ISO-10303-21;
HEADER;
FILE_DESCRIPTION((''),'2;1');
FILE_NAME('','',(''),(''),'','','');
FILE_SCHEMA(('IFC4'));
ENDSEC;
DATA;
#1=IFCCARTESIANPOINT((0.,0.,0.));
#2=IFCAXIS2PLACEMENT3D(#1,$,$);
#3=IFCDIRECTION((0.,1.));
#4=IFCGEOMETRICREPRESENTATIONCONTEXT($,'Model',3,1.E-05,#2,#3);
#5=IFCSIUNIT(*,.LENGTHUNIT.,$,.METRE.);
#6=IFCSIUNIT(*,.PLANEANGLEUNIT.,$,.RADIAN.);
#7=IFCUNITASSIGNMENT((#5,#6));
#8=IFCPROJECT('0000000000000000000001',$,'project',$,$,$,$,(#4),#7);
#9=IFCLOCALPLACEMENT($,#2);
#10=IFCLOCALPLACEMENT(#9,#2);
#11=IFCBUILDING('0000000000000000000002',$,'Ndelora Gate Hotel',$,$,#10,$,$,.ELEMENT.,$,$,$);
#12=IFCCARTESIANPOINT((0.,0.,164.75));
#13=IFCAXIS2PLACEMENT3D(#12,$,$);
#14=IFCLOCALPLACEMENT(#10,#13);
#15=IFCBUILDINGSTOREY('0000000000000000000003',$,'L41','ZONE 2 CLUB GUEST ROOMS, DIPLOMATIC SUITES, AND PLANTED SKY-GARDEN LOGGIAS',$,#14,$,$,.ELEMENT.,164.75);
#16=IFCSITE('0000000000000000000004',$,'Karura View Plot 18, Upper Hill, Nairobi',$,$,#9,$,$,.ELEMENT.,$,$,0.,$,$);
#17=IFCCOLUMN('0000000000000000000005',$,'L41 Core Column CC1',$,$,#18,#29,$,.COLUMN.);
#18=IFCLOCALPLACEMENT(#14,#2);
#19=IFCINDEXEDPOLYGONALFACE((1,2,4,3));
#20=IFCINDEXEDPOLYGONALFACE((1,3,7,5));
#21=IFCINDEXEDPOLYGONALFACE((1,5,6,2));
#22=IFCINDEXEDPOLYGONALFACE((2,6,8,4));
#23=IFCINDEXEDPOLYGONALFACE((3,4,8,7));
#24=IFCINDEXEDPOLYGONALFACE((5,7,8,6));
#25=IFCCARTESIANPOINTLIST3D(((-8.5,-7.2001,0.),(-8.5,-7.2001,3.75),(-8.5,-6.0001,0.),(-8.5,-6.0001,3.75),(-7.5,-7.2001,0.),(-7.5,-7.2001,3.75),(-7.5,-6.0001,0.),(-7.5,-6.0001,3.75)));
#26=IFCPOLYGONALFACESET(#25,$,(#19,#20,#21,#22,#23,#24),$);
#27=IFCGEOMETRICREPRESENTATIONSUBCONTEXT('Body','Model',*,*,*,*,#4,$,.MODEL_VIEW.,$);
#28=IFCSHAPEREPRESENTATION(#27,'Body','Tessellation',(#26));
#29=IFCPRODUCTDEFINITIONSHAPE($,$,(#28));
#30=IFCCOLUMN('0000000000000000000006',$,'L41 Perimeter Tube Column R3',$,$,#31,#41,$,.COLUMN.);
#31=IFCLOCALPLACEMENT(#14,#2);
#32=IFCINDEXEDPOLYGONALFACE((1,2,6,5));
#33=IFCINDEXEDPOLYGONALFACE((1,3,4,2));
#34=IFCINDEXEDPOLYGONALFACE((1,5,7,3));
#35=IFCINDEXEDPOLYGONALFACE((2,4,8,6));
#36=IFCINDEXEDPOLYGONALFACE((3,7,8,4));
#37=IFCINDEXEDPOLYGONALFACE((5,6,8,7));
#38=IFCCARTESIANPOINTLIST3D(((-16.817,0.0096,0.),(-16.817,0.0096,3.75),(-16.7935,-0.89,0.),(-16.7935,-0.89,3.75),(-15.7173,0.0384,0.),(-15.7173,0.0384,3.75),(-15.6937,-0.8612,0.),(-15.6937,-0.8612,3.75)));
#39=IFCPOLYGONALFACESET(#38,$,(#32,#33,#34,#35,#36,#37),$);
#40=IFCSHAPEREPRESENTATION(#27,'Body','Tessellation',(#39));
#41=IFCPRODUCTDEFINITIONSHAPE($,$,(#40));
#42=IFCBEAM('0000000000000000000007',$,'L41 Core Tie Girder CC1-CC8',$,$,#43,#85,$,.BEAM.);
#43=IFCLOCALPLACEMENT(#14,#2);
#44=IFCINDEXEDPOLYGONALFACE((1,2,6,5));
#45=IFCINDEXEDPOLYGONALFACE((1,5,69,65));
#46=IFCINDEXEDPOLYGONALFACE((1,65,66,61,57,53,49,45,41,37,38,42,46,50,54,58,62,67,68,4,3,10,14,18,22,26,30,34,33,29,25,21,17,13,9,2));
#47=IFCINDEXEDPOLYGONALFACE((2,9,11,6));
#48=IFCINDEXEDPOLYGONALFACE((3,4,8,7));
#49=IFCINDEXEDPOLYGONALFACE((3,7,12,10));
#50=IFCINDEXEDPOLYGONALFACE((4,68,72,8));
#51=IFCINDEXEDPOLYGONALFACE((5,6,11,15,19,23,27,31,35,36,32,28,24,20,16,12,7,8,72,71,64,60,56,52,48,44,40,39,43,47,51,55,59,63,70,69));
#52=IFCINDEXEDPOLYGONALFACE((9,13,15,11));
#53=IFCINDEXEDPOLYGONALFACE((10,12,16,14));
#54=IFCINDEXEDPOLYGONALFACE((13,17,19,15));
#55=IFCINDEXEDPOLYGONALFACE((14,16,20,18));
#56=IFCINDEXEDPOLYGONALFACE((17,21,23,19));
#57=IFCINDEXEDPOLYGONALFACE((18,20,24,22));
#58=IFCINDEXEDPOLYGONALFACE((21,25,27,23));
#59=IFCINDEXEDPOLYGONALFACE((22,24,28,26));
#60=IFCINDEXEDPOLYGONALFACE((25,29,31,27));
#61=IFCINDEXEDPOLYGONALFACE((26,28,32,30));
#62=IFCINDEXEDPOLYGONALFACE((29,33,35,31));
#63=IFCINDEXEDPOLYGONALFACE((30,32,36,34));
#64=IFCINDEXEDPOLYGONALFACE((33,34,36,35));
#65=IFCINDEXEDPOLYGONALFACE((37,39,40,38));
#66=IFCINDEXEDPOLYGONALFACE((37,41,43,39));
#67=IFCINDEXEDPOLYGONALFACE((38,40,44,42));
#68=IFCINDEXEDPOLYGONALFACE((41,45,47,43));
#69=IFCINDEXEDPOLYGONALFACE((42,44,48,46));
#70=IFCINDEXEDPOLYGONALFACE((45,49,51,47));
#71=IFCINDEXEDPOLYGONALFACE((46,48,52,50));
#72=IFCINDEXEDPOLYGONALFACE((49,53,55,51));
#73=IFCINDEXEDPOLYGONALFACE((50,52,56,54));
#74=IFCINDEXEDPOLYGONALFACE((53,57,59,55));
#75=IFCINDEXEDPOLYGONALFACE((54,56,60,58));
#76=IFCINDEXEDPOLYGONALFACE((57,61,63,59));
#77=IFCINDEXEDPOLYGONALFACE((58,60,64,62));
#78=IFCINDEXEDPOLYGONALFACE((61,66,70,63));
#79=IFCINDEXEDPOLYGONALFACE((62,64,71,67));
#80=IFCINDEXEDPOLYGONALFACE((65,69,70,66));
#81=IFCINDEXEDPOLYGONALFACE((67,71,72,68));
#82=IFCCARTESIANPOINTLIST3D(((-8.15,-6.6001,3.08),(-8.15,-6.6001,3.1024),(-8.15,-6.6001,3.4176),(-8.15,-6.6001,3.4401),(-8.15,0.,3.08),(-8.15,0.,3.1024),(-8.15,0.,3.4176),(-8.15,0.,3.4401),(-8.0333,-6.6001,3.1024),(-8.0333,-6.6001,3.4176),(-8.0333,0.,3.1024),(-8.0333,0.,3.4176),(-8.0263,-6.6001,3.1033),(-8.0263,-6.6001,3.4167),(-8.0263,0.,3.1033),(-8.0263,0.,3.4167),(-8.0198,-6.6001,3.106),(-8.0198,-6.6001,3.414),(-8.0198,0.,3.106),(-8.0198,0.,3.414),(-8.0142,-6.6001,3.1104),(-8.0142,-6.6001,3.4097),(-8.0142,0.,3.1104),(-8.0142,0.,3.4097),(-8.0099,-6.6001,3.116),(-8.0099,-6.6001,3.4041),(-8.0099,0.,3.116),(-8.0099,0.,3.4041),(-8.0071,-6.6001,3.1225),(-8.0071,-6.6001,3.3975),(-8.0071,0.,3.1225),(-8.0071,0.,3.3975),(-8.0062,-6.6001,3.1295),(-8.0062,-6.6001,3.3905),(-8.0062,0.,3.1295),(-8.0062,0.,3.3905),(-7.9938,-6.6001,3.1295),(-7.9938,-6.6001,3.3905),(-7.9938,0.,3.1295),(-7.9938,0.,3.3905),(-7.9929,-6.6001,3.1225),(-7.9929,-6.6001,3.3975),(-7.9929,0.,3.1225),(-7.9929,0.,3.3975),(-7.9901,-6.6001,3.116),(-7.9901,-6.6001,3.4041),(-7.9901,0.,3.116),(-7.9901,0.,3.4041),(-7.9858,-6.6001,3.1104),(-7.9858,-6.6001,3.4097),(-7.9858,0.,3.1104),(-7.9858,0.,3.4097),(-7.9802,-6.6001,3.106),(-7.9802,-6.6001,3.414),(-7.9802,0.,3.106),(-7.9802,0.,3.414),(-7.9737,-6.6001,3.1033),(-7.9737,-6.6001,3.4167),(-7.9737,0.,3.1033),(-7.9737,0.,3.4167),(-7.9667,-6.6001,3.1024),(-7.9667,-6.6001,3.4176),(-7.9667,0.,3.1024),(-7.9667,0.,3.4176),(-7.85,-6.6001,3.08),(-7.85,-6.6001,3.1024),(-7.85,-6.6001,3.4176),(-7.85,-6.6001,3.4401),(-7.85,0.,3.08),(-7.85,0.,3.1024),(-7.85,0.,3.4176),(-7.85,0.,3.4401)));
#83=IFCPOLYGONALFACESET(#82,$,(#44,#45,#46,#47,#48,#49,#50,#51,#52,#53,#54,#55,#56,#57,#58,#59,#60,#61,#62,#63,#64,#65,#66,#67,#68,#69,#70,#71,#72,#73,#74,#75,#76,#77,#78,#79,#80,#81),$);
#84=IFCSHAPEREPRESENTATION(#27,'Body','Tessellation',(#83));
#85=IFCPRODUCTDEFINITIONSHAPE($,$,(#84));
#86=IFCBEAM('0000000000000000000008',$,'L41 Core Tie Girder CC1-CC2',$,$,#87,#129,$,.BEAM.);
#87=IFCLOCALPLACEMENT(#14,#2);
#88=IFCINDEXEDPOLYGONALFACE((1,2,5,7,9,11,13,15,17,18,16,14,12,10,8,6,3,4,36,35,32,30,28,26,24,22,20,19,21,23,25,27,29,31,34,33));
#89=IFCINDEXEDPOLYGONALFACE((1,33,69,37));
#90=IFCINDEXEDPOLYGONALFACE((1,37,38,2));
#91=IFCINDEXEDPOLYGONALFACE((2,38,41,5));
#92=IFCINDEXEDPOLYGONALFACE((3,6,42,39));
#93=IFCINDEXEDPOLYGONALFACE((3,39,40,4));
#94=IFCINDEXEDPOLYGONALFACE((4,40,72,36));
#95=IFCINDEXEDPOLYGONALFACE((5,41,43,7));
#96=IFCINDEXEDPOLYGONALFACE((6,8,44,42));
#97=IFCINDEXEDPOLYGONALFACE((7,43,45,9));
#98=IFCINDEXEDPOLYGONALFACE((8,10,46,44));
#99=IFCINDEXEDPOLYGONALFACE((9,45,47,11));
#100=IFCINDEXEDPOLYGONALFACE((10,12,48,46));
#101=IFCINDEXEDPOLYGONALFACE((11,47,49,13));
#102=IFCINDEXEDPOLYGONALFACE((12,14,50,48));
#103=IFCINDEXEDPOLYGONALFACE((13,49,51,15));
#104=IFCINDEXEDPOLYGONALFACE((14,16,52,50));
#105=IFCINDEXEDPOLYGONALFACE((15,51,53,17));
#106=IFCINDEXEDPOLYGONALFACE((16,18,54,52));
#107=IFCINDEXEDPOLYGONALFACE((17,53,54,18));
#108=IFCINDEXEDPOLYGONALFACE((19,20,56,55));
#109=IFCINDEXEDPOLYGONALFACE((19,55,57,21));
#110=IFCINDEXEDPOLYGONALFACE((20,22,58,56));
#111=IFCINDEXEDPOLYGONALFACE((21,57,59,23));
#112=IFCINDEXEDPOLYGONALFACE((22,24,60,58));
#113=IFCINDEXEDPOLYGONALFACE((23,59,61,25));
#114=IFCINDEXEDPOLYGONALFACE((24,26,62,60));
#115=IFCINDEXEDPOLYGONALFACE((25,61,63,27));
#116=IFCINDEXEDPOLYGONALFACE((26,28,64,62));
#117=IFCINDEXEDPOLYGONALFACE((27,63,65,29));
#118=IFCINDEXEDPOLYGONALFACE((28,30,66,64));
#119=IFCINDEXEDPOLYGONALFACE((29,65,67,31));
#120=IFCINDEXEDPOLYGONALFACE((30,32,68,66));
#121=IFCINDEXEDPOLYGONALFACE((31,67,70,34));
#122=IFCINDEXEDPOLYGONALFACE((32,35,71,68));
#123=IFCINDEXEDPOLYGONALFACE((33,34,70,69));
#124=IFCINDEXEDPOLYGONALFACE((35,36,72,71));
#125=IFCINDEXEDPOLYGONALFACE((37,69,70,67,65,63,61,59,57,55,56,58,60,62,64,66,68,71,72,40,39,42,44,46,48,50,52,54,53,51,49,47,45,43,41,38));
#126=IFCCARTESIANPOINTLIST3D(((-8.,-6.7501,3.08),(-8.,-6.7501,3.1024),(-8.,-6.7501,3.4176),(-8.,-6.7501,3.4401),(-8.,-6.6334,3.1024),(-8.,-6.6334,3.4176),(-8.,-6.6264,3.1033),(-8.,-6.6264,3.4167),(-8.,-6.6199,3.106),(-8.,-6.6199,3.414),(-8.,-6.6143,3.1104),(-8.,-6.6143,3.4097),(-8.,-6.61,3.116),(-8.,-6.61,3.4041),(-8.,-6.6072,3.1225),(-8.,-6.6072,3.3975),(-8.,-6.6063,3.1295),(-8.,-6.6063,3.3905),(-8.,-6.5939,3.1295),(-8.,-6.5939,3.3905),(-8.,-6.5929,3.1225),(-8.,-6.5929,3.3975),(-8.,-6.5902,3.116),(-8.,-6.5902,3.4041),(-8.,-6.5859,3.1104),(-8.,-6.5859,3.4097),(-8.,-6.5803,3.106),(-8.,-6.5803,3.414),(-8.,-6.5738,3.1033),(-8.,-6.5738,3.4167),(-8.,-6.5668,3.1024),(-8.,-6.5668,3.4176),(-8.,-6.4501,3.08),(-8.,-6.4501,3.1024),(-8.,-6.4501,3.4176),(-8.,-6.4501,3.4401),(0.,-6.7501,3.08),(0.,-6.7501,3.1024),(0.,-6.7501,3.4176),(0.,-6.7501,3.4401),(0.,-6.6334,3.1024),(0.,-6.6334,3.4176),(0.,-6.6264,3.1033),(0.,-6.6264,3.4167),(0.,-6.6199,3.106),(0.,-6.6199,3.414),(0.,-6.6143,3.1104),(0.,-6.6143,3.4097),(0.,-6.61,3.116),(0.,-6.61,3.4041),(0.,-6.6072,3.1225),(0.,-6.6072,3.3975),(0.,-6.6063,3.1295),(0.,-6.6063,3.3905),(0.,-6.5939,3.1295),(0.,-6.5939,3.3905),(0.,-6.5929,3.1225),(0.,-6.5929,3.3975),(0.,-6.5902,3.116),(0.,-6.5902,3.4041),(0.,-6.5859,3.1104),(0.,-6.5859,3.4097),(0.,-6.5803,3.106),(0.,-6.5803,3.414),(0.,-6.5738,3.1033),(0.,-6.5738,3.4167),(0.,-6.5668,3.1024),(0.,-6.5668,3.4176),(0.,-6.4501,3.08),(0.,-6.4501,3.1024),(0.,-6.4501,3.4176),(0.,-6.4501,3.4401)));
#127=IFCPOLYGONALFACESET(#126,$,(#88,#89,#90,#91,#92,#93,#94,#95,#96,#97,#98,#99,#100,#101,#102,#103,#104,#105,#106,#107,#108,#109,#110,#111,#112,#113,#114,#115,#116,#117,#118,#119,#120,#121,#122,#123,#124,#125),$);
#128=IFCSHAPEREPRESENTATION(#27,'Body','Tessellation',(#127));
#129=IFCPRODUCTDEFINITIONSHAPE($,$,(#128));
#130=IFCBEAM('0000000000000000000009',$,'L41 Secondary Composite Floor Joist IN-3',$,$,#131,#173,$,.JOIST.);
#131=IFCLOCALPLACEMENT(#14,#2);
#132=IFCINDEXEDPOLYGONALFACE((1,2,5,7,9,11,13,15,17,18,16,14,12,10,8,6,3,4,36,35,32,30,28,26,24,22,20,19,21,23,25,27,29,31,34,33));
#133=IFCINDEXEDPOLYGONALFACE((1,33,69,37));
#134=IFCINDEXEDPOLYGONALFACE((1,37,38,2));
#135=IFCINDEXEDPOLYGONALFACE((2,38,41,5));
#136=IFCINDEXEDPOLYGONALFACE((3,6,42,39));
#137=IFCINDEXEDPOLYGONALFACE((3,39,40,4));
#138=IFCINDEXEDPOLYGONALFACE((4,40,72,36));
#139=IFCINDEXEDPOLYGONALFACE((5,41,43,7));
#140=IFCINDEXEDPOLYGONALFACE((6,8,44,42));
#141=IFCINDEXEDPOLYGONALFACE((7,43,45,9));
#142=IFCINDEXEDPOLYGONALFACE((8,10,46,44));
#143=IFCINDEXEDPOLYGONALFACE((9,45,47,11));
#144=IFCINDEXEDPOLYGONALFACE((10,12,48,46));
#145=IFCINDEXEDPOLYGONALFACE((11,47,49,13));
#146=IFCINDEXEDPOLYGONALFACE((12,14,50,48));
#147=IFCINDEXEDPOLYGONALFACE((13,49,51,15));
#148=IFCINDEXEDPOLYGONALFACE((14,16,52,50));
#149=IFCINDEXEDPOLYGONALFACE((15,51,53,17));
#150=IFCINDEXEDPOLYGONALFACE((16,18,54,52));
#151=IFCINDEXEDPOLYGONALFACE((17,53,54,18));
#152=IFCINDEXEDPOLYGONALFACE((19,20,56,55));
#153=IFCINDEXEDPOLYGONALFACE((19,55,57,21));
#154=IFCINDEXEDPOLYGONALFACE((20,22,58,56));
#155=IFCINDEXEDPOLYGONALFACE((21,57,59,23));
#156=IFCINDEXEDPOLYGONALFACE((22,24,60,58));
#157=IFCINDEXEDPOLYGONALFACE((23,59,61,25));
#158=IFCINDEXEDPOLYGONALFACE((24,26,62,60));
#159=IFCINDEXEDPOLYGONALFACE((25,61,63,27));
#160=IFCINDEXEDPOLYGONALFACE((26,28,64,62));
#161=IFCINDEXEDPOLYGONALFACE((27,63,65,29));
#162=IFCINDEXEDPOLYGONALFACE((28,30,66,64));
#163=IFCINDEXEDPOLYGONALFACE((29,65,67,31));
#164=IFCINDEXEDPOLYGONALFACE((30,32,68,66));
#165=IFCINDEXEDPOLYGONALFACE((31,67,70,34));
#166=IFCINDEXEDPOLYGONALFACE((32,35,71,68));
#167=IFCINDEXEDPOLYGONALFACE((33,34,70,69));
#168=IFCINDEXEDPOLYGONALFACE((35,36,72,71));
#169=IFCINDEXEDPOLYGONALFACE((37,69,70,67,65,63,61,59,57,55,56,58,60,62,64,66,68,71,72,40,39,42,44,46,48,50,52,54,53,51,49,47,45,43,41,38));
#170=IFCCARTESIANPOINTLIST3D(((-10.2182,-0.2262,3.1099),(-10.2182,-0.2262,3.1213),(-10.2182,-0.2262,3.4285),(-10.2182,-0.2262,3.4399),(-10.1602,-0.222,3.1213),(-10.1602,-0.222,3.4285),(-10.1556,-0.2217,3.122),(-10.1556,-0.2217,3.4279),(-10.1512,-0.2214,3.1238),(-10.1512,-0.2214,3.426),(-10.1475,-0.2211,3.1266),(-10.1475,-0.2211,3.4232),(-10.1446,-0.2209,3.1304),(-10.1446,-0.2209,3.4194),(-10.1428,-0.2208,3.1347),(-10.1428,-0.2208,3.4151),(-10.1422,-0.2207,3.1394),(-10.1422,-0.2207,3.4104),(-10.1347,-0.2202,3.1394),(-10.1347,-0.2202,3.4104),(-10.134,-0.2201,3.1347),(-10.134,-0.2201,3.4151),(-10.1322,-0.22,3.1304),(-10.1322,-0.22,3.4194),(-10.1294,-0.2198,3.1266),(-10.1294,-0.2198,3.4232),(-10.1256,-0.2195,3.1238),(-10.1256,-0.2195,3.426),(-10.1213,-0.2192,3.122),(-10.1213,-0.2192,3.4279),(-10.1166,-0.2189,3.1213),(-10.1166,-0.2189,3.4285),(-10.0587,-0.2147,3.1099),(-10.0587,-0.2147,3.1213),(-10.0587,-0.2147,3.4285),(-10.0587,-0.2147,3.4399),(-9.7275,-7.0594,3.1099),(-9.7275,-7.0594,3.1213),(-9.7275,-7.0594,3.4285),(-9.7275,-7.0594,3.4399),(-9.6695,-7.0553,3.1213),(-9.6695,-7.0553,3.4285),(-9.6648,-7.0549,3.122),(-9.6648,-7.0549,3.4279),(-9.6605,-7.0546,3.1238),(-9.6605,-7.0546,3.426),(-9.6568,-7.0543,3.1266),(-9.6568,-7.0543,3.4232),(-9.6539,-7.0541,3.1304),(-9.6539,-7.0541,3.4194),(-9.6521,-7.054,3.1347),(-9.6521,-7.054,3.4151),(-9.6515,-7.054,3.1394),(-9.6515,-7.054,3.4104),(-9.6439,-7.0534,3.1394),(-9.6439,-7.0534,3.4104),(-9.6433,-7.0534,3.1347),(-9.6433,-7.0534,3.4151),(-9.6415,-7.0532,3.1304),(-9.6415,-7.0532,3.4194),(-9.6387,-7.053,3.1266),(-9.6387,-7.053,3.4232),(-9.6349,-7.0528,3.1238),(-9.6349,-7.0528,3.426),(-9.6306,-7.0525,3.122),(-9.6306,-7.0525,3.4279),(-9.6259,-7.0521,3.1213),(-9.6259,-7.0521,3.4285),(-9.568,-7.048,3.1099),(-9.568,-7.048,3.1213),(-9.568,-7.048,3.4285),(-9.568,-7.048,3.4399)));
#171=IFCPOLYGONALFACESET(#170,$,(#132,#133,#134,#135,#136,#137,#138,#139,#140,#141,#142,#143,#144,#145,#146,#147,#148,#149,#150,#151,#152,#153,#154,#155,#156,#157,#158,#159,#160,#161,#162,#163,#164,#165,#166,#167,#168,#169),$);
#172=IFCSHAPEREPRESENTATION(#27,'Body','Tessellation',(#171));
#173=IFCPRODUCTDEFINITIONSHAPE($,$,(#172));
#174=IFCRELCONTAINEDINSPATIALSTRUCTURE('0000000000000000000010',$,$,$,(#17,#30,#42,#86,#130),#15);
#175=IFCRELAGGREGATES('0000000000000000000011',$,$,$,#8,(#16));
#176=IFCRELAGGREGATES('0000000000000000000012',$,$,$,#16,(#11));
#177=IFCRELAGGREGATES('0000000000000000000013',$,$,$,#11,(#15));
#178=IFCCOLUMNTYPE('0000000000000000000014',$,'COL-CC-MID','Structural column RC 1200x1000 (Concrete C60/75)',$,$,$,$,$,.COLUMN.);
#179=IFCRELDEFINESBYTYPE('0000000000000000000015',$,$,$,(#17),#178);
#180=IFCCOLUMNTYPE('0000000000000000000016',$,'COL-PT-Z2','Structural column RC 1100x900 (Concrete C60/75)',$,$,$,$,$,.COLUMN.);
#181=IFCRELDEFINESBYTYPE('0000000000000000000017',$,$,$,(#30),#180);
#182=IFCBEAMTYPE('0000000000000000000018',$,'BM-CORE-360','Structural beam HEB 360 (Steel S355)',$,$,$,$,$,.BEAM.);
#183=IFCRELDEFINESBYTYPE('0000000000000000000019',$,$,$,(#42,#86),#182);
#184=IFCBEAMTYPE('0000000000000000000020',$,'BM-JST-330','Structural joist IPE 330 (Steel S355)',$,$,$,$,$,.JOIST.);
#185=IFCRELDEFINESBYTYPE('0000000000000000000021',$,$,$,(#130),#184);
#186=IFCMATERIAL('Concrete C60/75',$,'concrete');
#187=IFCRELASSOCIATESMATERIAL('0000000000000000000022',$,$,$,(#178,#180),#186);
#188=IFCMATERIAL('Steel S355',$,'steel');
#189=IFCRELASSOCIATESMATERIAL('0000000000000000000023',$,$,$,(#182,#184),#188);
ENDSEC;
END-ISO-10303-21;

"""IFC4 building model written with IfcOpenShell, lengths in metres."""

from ifc_helpers import new_model, si_unit, direction, frame, origin, origin_2d, place, context, subcontext, project, spatial, rectangle, i_section, extrude, material, material_profile, profile_set, type_object, element, save


model = new_model("IFC4")

# Units and contexts
model_context = context("Model", 3, precision=1e-05, world=origin(), true_north=direction((0.0, 1.0)))
body_context = subcontext(model_context, "Body", "Model", "MODEL_VIEW")
ifc_project = project(units=[si_unit("LENGTHUNIT", "METRE"), si_unit("PLANEANGLEUNIT", "RADIAN")], contexts=[model_context])

# Site, building, storey
site_placement = place(None, origin())
site = spatial("IfcSite", under=ifc_project, at=site_placement, Name="Karura View Plot 18, Upper Hill, Nairobi", CompositionType="ELEMENT", RefElevation=0.0)
building_placement = place(site_placement, origin())
building = spatial("IfcBuilding", under=site, at=building_placement, Name="Ndelora Gate Hotel", CompositionType="ELEMENT")
storey_placement = place(building_placement, frame((0.0, 0.0, 164.75)))
storey = spatial("IfcBuildingStorey", under=building, at=storey_placement, Name="L41", Description="ZONE 2 CLUB GUEST ROOMS, DIPLOMATIC SUITES, AND PLANTED SKY-GARDEN LOGGIAS", CompositionType="ELEMENT", Elevation=164.75)

# Columns
ifc_material_1 = material(Name="Concrete C60/75", Category="concrete")
ifc_material_profile_1 = material_profile(ifc_material_1, rectangle(XDim=1.0, YDim=1.2, at=origin_2d()), Name="RC 1200x1000")
ifc_profile_set_1 = profile_set([ifc_material_profile_1], Name="Concrete C60/75")
column_type_1 = type_object("IfcColumnType", Name="COL-CC-MID", Description="Structural column RC 1200x1000 (Concrete C60/75)", PredefinedType="COLUMN", material=ifc_profile_set_1)
column_1_placement = place(storey_placement, frame((-8.0, -6.6001, 0.0), z_axis=(0.0, 0.0, 1.0), x_axis=(1.0, 0.0, 0.0)))
element("IfcColumn", 1, at=column_1_placement, inside=storey, type_object=column_type_1, Name="L41 Core Column CC1", PredefinedType="COLUMN", context=body_context, shape_type="SweptSolid", body=[
    extrude(rectangle(XDim=1.0, YDim=1.2, at=origin_2d()), origin(), (0.0, 0.0, 1.0), 3.75),
])
ifc_material_profile_2 = material_profile(ifc_material_1, rectangle(XDim=0.8999, YDim=1.1001, at=origin_2d()), Name="RC 1100x900")
ifc_profile_set_2 = profile_set([ifc_material_profile_2], Name="Concrete C60/75")
column_type_2 = type_object("IfcColumnType", Name="COL-PT-Z2", Description="Structural column RC 1100x900 (Concrete C60/75)", PredefinedType="COLUMN", material=ifc_profile_set_2)
column_2_placement = place(storey_placement, frame((-16.2554, -0.4258, 0.0), z_axis=(0.0, 0.0, 1.0), x_axis=(-0.026177, 0.999657, 0.0)))
element("IfcColumn", 2, at=column_2_placement, inside=storey, type_object=column_type_2, Name="L41 Perimeter Tube Column R3", PredefinedType="COLUMN", context=body_context, shape_type="SweptSolid", body=[
    extrude(rectangle(XDim=0.8999, YDim=1.1001, at=origin_2d()), origin(), (0.0, 0.0, 1.0), 3.75),
])

# Beams
ifc_material_2 = material(Name="Steel S355", Category="steel")
ifc_material_profile_3 = material_profile(ifc_material_2, i_section(OverallWidth=0.3, OverallDepth=0.3601, WebThickness=0.0125, FlangeThickness=0.0225, FilletRadius=0.0271, at=origin_2d()), Name="HEB 360")
ifc_profile_set_3 = profile_set([ifc_material_profile_3], Name="Steel S355")
beam_type_1 = type_object("IfcBeamType", Name="BM-CORE-360", Description="Structural beam HEB 360 (Steel S355)", PredefinedType="BEAM", material=ifc_profile_set_3)
beam_1_placement = place(storey_placement, frame((-8.0, -6.6001, 3.26), z_axis=(0.0, 1.0, 0.0), x_axis=(-1.0, 0.0, 0.0)))
element("IfcBeam", 3, at=beam_1_placement, inside=storey, type_object=beam_type_1, Name="L41 Core Tie Girder CC1-CC8", PredefinedType="BEAM", context=body_context, shape_type="SweptSolid", body=[
    extrude(i_section(OverallWidth=0.3, OverallDepth=0.3601, WebThickness=0.0125, FlangeThickness=0.0225, FilletRadius=0.0271, at=origin_2d()), origin(), (0.0, 0.0, 1.0), 6.6001),
])
beam_2_placement = place(storey_placement, frame((-8.0, -6.6001, 3.26), z_axis=(1.0, 0.0, 0.0), x_axis=(0.0, 1.0, 0.0)))
element("IfcBeam", 4, at=beam_2_placement, inside=storey, type_object=beam_type_1, Name="L41 Core Tie Girder CC1-CC2", PredefinedType="BEAM", context=body_context, shape_type="SweptSolid", body=[
    extrude(i_section(OverallWidth=0.3, OverallDepth=0.3601, WebThickness=0.0125, FlangeThickness=0.0225, FilletRadius=0.0271, at=origin_2d()), origin(), (0.0, 0.0, 1.0), 8.0),
])
ifc_material_profile_4 = material_profile(ifc_material_2, i_section(OverallWidth=0.1599, OverallDepth=0.3301, WebThickness=0.0076, FlangeThickness=0.0115, FilletRadius=0.0181, at=origin_2d()), Name="IPE 330")
ifc_profile_set_4 = profile_set([ifc_material_profile_4], Name="Steel S355")
beam_type_2 = type_object("IfcBeamType", Name="BM-JST-330", Description="Structural joist IPE 330 (Steel S355)", PredefinedType="JOIST", material=ifc_profile_set_4)
beam_3_placement = place(storey_placement, frame((-10.1384, -0.2205, 3.2749), z_axis=(0.071629, -0.997431, 0.0), x_axis=(0.997431, 0.071629, 0.0)))
element("IfcBeam", 5, at=beam_3_placement, inside=storey, type_object=beam_type_2, Name="L41 Secondary Composite Floor Joist IN-3", PredefinedType="JOIST", context=body_context, shape_type="SweptSolid", body=[
    extrude(i_section(OverallWidth=0.1599, OverallDepth=0.3301, WebThickness=0.0076, FlangeThickness=0.0115, FilletRadius=0.0181, at=origin_2d()), origin(), (0.0, 0.0, 1.0), 6.8508),
])

save(model, "model.ifc")
